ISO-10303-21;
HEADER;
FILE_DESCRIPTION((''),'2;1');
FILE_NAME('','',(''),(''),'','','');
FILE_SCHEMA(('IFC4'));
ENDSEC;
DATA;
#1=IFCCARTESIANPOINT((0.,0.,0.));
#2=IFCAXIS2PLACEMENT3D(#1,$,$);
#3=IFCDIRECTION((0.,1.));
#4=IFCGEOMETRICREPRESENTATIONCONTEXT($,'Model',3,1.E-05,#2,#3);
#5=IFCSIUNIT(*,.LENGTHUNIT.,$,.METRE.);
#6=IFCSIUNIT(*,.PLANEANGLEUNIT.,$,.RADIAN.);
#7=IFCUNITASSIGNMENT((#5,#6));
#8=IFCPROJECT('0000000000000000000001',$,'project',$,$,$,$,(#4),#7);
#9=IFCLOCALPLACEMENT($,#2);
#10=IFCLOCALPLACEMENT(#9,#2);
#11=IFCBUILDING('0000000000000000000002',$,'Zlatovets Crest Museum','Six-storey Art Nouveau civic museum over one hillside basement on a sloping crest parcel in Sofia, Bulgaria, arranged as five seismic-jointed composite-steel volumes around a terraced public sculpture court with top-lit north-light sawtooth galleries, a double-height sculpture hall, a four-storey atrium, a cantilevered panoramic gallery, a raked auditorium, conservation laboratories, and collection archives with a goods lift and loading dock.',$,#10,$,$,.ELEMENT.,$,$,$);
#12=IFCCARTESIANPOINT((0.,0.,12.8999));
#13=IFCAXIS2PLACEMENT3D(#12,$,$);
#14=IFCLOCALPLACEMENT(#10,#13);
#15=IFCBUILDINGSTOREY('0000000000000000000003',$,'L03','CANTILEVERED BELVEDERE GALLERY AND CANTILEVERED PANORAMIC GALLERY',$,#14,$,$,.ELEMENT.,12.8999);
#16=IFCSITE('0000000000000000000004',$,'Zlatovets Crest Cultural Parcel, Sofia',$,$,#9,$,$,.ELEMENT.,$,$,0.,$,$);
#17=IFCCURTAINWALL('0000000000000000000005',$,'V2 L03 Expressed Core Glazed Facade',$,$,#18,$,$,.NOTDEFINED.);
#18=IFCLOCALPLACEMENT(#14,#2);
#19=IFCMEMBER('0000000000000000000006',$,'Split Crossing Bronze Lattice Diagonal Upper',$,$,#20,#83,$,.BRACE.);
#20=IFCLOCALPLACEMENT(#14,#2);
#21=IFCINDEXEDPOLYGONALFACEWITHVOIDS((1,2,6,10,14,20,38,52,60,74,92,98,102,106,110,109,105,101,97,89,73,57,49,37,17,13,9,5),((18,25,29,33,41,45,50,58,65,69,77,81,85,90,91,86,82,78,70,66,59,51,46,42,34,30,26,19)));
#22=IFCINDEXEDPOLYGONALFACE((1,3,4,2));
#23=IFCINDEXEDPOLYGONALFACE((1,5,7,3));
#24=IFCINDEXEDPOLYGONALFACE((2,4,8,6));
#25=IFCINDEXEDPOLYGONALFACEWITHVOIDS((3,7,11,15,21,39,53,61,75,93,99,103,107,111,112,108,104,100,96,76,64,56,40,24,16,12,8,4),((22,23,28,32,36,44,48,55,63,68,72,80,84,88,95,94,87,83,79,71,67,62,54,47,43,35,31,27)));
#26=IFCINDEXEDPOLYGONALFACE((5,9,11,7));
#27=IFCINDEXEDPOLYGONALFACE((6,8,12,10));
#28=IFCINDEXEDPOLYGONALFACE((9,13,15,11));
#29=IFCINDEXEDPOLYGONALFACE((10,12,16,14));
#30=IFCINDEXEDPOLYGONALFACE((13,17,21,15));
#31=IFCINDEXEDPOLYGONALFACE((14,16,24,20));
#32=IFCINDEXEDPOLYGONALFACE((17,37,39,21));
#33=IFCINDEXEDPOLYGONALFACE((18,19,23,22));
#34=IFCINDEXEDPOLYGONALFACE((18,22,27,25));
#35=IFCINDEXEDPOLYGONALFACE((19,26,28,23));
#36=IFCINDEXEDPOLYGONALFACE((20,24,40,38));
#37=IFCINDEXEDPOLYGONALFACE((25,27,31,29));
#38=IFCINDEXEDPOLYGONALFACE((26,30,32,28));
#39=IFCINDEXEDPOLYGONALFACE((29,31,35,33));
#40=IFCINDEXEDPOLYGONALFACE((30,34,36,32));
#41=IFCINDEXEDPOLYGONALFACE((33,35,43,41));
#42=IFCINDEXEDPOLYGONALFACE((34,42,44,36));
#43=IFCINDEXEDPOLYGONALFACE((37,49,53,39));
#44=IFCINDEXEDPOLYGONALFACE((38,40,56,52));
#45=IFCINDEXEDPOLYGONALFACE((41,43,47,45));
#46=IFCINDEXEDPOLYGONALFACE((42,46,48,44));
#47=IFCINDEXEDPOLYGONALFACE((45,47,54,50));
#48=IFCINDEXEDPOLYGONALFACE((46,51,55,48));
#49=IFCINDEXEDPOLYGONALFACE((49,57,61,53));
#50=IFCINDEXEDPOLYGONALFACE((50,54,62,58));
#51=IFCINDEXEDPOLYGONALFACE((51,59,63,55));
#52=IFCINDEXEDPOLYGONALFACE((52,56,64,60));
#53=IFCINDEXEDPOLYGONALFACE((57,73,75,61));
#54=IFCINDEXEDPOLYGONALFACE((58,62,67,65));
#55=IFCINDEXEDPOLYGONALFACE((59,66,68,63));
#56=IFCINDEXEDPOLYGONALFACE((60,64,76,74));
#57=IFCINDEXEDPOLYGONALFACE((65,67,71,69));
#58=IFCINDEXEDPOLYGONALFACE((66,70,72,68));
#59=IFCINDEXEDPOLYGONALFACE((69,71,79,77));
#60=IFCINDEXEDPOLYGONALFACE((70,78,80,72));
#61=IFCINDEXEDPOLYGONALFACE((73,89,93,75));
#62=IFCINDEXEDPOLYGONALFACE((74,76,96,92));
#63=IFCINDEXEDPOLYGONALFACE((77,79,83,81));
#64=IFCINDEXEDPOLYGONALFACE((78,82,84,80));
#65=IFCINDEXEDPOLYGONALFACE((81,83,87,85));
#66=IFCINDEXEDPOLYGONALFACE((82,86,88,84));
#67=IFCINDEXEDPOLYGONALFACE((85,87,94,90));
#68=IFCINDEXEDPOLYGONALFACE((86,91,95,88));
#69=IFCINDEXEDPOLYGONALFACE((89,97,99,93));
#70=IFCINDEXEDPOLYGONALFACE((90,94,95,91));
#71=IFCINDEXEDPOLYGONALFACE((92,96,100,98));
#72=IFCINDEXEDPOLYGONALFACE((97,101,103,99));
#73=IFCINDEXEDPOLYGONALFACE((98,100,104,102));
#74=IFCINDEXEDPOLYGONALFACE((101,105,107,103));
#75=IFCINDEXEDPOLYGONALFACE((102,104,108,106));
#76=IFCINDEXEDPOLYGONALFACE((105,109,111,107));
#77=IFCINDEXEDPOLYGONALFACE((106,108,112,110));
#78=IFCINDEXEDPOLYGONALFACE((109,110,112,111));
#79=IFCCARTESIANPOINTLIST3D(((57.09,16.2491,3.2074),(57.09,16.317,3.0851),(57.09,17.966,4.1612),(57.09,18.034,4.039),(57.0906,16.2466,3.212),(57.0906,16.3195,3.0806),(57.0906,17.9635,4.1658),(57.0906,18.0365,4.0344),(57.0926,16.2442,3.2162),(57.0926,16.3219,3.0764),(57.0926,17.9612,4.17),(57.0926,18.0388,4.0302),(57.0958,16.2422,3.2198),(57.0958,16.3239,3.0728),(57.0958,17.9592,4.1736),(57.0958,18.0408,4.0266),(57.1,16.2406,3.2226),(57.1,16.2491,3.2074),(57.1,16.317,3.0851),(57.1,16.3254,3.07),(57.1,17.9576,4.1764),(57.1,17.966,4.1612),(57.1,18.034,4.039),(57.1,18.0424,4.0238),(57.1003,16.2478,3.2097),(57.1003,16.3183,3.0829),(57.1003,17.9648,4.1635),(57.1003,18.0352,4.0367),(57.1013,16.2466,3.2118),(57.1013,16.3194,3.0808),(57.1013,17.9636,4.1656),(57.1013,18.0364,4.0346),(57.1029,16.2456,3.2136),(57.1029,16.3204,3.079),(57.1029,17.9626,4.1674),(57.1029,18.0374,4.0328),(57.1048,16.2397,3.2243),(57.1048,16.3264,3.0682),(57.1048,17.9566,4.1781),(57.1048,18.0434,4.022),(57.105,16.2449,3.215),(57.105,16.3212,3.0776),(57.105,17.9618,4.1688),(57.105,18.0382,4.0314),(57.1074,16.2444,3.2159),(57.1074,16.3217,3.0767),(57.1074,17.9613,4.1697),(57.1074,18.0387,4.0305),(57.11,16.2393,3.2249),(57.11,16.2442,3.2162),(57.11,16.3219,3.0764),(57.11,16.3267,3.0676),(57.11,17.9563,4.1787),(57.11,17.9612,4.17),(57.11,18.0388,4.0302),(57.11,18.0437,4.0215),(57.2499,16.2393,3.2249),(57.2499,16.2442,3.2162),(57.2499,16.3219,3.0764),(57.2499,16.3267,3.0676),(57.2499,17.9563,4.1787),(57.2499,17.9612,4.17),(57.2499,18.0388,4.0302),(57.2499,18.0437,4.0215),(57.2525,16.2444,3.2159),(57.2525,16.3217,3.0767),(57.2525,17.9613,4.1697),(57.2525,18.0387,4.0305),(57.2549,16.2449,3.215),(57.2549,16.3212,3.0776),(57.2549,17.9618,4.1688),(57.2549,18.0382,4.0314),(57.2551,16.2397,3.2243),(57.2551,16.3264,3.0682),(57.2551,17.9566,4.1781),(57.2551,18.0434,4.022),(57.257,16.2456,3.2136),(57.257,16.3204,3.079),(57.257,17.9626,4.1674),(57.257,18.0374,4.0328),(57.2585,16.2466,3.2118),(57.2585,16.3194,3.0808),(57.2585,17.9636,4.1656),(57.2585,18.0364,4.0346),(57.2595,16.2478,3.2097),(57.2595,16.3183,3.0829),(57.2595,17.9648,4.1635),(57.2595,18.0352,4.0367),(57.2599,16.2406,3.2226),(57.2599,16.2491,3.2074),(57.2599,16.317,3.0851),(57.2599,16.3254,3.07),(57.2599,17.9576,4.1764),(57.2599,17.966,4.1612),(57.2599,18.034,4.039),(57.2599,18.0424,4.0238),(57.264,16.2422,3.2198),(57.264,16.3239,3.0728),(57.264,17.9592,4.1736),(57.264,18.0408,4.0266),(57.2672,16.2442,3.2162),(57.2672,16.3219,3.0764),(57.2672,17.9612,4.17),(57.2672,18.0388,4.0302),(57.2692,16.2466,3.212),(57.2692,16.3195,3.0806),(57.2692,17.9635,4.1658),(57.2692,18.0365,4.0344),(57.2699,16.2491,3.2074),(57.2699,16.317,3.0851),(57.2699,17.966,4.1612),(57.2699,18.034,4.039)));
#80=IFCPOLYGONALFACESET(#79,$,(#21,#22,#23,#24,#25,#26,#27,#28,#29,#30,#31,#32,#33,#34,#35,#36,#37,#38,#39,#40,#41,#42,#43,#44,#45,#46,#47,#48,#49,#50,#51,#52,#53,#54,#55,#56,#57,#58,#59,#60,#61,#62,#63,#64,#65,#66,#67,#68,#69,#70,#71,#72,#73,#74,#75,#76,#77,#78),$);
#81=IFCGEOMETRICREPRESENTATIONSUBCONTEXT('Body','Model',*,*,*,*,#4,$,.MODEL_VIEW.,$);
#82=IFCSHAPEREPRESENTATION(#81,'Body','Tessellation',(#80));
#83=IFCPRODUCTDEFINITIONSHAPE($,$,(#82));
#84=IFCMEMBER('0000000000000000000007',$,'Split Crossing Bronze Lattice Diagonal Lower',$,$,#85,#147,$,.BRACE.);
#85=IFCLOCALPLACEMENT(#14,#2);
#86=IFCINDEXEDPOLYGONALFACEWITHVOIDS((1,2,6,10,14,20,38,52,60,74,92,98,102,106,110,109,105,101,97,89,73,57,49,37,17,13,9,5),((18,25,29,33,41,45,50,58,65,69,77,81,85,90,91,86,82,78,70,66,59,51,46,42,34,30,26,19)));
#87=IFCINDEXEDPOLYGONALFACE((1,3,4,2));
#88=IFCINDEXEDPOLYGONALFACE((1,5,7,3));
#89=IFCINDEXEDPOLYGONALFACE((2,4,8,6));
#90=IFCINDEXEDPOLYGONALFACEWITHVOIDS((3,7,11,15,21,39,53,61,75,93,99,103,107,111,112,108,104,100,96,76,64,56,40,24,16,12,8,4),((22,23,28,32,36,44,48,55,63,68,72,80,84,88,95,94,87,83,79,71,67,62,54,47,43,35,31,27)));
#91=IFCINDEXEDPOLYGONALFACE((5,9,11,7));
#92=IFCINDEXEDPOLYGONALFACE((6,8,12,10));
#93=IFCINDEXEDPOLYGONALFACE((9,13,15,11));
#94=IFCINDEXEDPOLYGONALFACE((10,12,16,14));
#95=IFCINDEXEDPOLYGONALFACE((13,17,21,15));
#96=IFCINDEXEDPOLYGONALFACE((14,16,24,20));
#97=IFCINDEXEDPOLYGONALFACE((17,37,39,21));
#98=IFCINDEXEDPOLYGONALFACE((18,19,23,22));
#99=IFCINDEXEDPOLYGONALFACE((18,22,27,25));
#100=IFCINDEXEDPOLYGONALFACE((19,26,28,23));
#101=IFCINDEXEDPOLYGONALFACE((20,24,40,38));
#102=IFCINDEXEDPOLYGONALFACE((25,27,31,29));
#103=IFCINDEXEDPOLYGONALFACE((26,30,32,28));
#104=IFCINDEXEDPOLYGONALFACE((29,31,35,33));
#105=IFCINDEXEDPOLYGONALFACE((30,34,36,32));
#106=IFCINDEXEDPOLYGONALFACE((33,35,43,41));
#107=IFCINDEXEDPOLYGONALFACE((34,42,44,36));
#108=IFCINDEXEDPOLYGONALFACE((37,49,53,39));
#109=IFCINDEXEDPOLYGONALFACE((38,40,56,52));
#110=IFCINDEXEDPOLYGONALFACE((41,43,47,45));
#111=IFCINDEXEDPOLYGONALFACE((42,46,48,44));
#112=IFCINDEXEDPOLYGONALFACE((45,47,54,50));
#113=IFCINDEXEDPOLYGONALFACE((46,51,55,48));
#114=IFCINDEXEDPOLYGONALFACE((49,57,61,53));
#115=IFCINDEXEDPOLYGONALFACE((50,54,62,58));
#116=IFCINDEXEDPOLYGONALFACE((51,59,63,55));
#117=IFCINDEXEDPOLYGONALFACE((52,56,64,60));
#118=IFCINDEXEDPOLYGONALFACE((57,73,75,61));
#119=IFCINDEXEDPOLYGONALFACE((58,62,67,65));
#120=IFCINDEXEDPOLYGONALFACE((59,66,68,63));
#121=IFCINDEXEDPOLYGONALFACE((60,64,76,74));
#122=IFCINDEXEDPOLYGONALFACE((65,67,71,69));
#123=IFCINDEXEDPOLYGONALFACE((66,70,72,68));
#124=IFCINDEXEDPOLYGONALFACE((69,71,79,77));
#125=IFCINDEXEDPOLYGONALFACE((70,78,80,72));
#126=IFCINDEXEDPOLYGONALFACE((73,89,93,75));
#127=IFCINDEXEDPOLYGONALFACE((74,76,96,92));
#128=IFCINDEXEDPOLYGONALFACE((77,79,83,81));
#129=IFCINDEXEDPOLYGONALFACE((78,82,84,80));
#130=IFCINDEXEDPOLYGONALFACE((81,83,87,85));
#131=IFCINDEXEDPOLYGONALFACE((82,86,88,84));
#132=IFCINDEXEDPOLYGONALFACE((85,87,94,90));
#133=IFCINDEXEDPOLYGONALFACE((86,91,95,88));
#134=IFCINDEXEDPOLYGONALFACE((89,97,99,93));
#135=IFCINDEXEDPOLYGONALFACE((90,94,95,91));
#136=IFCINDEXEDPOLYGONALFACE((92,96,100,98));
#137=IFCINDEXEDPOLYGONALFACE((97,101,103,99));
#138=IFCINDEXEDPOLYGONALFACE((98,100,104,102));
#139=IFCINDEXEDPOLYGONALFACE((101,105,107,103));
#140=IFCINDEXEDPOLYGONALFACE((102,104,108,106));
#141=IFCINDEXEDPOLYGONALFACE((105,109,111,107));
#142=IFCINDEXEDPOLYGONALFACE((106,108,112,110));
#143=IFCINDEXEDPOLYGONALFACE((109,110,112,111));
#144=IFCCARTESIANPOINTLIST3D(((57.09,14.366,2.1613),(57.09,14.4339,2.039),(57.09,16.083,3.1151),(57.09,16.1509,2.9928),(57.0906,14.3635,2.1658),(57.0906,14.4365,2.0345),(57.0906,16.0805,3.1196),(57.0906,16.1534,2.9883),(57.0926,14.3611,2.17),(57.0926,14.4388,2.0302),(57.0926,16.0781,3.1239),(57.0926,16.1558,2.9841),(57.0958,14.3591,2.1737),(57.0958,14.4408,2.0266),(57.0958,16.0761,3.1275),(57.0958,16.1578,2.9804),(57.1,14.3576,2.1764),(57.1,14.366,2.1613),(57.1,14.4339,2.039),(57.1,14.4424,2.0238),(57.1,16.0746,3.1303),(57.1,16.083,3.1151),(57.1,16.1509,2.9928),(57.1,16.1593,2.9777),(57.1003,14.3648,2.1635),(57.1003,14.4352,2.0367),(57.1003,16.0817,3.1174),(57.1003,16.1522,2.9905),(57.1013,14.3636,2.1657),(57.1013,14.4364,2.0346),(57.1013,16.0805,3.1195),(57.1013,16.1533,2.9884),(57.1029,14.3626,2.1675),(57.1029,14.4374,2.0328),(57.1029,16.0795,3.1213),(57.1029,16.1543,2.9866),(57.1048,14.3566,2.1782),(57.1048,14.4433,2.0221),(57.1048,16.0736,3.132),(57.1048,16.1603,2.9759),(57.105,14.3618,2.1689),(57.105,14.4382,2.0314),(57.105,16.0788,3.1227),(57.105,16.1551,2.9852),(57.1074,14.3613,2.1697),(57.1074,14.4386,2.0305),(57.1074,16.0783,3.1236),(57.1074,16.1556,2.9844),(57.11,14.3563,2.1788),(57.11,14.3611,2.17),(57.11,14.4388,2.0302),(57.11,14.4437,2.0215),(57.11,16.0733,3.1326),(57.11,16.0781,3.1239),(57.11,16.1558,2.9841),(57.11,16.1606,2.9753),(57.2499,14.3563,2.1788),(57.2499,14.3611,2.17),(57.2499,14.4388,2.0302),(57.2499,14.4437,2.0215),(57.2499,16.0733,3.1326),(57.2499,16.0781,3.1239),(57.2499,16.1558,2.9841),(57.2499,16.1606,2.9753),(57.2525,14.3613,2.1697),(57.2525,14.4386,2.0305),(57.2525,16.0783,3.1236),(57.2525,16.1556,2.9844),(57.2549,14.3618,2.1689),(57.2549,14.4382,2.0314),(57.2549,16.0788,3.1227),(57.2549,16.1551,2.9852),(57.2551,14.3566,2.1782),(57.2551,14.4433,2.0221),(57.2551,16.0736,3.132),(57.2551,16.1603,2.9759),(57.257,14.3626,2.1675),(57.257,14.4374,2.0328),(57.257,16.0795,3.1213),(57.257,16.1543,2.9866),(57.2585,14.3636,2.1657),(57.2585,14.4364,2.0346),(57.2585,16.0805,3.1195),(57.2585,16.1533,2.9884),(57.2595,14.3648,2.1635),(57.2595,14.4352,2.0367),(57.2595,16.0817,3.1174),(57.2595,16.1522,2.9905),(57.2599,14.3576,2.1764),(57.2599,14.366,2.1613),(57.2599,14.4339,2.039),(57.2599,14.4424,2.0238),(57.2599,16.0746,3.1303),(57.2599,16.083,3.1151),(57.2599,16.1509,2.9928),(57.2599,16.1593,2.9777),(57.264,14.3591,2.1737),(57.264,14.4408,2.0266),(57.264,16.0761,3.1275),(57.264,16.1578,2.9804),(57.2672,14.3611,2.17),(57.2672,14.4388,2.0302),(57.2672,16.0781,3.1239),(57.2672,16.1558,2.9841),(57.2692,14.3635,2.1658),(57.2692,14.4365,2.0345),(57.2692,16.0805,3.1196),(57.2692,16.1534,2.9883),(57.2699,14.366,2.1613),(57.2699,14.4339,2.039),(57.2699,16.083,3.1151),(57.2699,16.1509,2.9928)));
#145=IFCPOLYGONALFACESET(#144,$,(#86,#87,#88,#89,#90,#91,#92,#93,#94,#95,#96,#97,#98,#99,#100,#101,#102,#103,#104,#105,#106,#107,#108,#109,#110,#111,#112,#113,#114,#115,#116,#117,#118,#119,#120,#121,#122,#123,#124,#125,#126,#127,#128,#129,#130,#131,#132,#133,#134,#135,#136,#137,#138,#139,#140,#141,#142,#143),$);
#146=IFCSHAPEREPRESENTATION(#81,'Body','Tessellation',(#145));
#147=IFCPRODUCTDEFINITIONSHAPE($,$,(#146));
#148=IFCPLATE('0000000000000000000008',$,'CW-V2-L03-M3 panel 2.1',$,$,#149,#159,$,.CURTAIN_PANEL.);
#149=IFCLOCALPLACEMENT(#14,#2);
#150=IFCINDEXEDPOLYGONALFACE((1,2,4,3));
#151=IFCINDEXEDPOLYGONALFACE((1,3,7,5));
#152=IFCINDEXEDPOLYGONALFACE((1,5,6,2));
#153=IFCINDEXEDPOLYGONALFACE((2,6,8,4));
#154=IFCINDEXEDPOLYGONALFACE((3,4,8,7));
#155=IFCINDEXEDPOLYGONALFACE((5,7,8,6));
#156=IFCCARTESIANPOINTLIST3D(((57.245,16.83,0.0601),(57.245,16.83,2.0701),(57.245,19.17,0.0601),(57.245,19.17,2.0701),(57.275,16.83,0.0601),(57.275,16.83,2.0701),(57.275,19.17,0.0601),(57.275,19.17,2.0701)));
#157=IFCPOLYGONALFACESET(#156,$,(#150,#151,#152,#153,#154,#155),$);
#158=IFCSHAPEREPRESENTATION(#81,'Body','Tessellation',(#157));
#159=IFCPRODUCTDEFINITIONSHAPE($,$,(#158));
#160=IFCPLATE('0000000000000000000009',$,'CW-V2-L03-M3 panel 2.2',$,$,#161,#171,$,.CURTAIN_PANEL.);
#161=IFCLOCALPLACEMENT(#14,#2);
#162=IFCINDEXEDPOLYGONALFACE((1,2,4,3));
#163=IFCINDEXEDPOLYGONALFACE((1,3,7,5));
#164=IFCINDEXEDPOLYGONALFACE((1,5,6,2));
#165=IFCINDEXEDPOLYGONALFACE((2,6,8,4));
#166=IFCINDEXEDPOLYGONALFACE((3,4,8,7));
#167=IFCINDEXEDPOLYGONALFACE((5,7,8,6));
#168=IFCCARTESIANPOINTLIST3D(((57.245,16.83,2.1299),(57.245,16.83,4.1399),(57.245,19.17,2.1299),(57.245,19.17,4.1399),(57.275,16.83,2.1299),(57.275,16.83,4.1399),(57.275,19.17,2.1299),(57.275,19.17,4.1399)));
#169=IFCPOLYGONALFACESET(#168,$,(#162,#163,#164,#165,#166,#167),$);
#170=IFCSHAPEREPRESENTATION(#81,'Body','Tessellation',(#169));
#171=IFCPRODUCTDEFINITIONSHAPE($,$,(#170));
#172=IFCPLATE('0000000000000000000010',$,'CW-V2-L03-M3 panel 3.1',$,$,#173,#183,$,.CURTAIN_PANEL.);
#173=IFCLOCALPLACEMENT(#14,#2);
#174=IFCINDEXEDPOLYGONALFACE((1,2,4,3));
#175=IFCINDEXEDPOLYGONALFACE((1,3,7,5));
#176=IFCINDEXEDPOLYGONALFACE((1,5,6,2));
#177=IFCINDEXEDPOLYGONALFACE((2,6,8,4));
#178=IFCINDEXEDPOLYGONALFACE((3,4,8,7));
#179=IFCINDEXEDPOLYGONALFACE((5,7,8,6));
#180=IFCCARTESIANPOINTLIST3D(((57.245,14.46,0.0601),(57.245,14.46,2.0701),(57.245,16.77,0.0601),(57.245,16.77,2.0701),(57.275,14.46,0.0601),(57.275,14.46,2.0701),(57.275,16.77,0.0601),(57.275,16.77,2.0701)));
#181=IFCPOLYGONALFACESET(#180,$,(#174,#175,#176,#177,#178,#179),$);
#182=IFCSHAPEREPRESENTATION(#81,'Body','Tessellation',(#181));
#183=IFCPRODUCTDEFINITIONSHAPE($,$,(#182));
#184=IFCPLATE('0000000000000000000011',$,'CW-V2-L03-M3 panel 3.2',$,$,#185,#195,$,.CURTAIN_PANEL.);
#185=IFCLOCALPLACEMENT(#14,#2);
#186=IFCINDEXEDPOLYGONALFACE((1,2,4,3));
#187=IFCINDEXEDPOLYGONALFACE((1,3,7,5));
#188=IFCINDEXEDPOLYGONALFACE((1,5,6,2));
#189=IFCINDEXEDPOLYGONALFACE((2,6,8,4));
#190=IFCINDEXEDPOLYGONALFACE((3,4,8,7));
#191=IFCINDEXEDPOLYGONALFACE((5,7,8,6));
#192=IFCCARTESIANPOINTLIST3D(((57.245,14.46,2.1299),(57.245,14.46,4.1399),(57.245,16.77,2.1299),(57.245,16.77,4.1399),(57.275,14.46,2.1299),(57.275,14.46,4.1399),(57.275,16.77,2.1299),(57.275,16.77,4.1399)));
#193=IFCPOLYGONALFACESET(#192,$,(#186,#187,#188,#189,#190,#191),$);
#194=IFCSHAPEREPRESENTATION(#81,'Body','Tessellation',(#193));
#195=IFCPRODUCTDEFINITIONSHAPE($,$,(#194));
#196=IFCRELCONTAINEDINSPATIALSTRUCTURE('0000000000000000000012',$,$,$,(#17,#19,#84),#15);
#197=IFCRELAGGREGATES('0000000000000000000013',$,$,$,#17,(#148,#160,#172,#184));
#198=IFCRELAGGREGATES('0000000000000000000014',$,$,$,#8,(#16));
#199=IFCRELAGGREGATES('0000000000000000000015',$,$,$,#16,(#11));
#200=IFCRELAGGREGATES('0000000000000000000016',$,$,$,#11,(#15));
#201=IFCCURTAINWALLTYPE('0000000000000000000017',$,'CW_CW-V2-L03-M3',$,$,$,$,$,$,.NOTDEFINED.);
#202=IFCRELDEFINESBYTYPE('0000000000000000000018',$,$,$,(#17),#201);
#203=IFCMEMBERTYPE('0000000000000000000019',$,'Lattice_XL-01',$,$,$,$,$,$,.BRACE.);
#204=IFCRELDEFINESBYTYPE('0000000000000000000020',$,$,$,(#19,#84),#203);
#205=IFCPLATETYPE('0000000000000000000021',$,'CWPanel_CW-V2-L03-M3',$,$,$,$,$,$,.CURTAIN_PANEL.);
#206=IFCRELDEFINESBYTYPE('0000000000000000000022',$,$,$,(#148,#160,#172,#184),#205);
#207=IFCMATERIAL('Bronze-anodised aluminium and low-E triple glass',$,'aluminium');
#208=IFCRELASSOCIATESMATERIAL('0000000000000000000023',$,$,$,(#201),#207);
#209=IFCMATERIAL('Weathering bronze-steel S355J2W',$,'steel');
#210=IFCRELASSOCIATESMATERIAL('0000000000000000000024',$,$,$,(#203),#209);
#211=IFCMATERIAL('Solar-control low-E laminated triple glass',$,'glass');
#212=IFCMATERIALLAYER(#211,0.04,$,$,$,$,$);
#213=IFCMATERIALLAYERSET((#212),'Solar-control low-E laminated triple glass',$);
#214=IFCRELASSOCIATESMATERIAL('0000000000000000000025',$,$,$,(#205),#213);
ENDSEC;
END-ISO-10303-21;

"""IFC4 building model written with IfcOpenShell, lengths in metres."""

from ifc_helpers import new_model, si_unit, direction, frame, origin, origin_2d, place, context, subcontext, project, spatial, rectangle, hollow_rectangle, extrude, material, layer, layer_set, material_profile, profile_set, type_object, element, aggregate, save


model = new_model("IFC4")

# Units and contexts
model_context = context("Model", 3, precision=1e-05, world=origin(), true_north=direction((0.0, 1.0)))
body_context = subcontext(model_context, "Body", "Model", "MODEL_VIEW")
ifc_project = project(units=[si_unit("LENGTHUNIT", "METRE"), si_unit("PLANEANGLEUNIT", "RADIAN")], contexts=[model_context])

# Site, building, storey
site_placement = place(None, origin())
site = spatial("IfcSite", under=ifc_project, at=site_placement, Name="Zlatovets Crest Cultural Parcel, Sofia", CompositionType="ELEMENT", RefElevation=0.0)
building_placement = place(site_placement, origin())
building = spatial("IfcBuilding", under=site, at=building_placement, Name="Zlatovets Crest Museum", Description="Six-storey Art Nouveau civic museum over one hillside basement on a sloping crest parcel in Sofia, Bulgaria, arranged as five seismic-jointed composite-steel volumes around a terraced public sculpture court with top-lit north-light sawtooth galleries, a double-height sculpture hall, a four-storey atrium, a cantilevered panoramic gallery, a raked auditorium, conservation laboratories, and collection archives with a goods lift and loading dock.", CompositionType="ELEMENT")
storey_placement = place(building_placement, frame((0.0, 0.0, 12.8999)))
storey = spatial("IfcBuildingStorey", under=building, at=storey_placement, Name="L03", Description="CANTILEVERED BELVEDERE GALLERY AND CANTILEVERED PANORAMIC GALLERY", CompositionType="ELEMENT", Elevation=12.8999)

# Curtain wall
ifc_material_1 = material(Name="Bronze-anodised aluminium and low-E triple glass", Category="aluminium")
curtain_wall_type = type_object("IfcCurtainWallType", Name="CW_CW-V2-L03-M3", PredefinedType="NOTDEFINED", material=ifc_material_1)
curtain_wall_placement = place(storey_placement, origin())
curtain_wall = element("IfcCurtainWall", 1, at=curtain_wall_placement, inside=storey, type_object=curtain_wall_type, Name="V2 L03 Expressed Core Glazed Facade", PredefinedType="NOTDEFINED")

# Members
ifc_material_2 = material(Name="Weathering bronze-steel S355J2W", Category="steel")
ifc_material_profile_1 = material_profile(ifc_material_2, hollow_rectangle(XDim=0.1799, YDim=0.1799, WallThickness=0.01, InnerFilletRadius=0.01, OuterFilletRadius=0.02, at=origin_2d()), Name="SHS 180x180x10.0")
ifc_profile_set_1 = profile_set([ifc_material_profile_1], Name="Weathering bronze-steel S355J2W")
member_type_1 = type_object("IfcMemberType", Name="Lattice_XL-01", PredefinedType="BRACE", material=ifc_profile_set_1)
for number, where, z_axis, x_axis, name in (
    (2, (57.1799, 18.0, 4.1001), (0.0, -0.874169, -0.485622), (1.0, 0.0, 0.0), "Split Crossing Bronze Lattice Diagonal Upper"),
    (3, (57.1799, 16.1169, 3.054), (0.0, -0.874169, -0.485622), (1.0, 0.0, 0.0), "Split Crossing Bronze Lattice Diagonal Lower"),
):
    element("IfcMember", number, at=place(storey_placement, frame(where, z_axis=z_axis, x_axis=x_axis)), inside=storey, type_object=member_type_1, Name=name, PredefinedType="BRACE", context=body_context, shape_type="SweptSolid", body=[
        extrude(hollow_rectangle(XDim=0.1799, YDim=0.1799, WallThickness=0.01, InnerFilletRadius=0.01, OuterFilletRadius=0.02, at=origin_2d()), origin(), (0.0, 0.0, 1.0), 1.9641),
    ])

# Plates
ifc_material_3 = material(Name="Solar-control low-E laminated triple glass", Category="glass")
ifc_layer_1 = layer(ifc_material_3, 0.04)
ifc_layer_set_1 = layer_set([ifc_layer_1], Name="Solar-control low-E laminated triple glass")
plate_type_1 = type_object("IfcPlateType", Name="CWPanel_CW-V2-L03-M3", PredefinedType="CURTAIN_PANEL", material=ifc_layer_set_1)
plate_1_placement = place(storey_placement, frame((57.26, 18.0, 0.0601), z_axis=(0.0, 0.0, 1.0), x_axis=(0.0, -1.0, 0.0)))
plate_1 = element("IfcPlate", 4, at=plate_1_placement, type_object=plate_type_1, Name="CW-V2-L03-M3 panel 2.1", PredefinedType="CURTAIN_PANEL", context=body_context, shape_type="SweptSolid", body=[
    extrude(rectangle(XDim=2.3401, YDim=0.03, at=origin_2d()), origin(), (0.0, 0.0, 1.0), 2.01),
])
plate_2_placement = place(storey_placement, frame((57.26, 18.0, 2.1299), z_axis=(0.0, 0.0, 1.0), x_axis=(0.0, -1.0, 0.0)))
plate_2 = element("IfcPlate", 5, at=plate_2_placement, type_object=plate_type_1, Name="CW-V2-L03-M3 panel 2.2", PredefinedType="CURTAIN_PANEL", context=body_context, shape_type="SweptSolid", body=[
    extrude(rectangle(XDim=2.3401, YDim=0.03, at=origin_2d()), origin(), (0.0, 0.0, 1.0), 2.01),
])
plate_3_placement = place(storey_placement, frame((57.26, 15.615, 0.0601), z_axis=(0.0, 0.0, 1.0), x_axis=(0.0, -1.0, 0.0)))
plate_3 = element("IfcPlate", 6, at=plate_3_placement, type_object=plate_type_1, Name="CW-V2-L03-M3 panel 3.1", PredefinedType="CURTAIN_PANEL", context=body_context, shape_type="SweptSolid", body=[
    extrude(rectangle(XDim=2.3101, YDim=0.03, at=origin_2d()), origin(), (0.0, 0.0, 1.0), 2.01),
])
plate_4_placement = place(storey_placement, frame((57.26, 15.615, 2.1299), z_axis=(0.0, 0.0, 1.0), x_axis=(0.0, -1.0, 0.0)))
plate_4 = element("IfcPlate", 7, at=plate_4_placement, type_object=plate_type_1, Name="CW-V2-L03-M3 panel 3.2", PredefinedType="CURTAIN_PANEL", context=body_context, shape_type="SweptSolid", body=[
    extrude(rectangle(XDim=2.3101, YDim=0.03, at=origin_2d()), origin(), (0.0, 0.0, 1.0), 2.01),
])
aggregate(curtain_wall, [plate_1, plate_2, plate_3, plate_4])

save(model, "model.ifc")
